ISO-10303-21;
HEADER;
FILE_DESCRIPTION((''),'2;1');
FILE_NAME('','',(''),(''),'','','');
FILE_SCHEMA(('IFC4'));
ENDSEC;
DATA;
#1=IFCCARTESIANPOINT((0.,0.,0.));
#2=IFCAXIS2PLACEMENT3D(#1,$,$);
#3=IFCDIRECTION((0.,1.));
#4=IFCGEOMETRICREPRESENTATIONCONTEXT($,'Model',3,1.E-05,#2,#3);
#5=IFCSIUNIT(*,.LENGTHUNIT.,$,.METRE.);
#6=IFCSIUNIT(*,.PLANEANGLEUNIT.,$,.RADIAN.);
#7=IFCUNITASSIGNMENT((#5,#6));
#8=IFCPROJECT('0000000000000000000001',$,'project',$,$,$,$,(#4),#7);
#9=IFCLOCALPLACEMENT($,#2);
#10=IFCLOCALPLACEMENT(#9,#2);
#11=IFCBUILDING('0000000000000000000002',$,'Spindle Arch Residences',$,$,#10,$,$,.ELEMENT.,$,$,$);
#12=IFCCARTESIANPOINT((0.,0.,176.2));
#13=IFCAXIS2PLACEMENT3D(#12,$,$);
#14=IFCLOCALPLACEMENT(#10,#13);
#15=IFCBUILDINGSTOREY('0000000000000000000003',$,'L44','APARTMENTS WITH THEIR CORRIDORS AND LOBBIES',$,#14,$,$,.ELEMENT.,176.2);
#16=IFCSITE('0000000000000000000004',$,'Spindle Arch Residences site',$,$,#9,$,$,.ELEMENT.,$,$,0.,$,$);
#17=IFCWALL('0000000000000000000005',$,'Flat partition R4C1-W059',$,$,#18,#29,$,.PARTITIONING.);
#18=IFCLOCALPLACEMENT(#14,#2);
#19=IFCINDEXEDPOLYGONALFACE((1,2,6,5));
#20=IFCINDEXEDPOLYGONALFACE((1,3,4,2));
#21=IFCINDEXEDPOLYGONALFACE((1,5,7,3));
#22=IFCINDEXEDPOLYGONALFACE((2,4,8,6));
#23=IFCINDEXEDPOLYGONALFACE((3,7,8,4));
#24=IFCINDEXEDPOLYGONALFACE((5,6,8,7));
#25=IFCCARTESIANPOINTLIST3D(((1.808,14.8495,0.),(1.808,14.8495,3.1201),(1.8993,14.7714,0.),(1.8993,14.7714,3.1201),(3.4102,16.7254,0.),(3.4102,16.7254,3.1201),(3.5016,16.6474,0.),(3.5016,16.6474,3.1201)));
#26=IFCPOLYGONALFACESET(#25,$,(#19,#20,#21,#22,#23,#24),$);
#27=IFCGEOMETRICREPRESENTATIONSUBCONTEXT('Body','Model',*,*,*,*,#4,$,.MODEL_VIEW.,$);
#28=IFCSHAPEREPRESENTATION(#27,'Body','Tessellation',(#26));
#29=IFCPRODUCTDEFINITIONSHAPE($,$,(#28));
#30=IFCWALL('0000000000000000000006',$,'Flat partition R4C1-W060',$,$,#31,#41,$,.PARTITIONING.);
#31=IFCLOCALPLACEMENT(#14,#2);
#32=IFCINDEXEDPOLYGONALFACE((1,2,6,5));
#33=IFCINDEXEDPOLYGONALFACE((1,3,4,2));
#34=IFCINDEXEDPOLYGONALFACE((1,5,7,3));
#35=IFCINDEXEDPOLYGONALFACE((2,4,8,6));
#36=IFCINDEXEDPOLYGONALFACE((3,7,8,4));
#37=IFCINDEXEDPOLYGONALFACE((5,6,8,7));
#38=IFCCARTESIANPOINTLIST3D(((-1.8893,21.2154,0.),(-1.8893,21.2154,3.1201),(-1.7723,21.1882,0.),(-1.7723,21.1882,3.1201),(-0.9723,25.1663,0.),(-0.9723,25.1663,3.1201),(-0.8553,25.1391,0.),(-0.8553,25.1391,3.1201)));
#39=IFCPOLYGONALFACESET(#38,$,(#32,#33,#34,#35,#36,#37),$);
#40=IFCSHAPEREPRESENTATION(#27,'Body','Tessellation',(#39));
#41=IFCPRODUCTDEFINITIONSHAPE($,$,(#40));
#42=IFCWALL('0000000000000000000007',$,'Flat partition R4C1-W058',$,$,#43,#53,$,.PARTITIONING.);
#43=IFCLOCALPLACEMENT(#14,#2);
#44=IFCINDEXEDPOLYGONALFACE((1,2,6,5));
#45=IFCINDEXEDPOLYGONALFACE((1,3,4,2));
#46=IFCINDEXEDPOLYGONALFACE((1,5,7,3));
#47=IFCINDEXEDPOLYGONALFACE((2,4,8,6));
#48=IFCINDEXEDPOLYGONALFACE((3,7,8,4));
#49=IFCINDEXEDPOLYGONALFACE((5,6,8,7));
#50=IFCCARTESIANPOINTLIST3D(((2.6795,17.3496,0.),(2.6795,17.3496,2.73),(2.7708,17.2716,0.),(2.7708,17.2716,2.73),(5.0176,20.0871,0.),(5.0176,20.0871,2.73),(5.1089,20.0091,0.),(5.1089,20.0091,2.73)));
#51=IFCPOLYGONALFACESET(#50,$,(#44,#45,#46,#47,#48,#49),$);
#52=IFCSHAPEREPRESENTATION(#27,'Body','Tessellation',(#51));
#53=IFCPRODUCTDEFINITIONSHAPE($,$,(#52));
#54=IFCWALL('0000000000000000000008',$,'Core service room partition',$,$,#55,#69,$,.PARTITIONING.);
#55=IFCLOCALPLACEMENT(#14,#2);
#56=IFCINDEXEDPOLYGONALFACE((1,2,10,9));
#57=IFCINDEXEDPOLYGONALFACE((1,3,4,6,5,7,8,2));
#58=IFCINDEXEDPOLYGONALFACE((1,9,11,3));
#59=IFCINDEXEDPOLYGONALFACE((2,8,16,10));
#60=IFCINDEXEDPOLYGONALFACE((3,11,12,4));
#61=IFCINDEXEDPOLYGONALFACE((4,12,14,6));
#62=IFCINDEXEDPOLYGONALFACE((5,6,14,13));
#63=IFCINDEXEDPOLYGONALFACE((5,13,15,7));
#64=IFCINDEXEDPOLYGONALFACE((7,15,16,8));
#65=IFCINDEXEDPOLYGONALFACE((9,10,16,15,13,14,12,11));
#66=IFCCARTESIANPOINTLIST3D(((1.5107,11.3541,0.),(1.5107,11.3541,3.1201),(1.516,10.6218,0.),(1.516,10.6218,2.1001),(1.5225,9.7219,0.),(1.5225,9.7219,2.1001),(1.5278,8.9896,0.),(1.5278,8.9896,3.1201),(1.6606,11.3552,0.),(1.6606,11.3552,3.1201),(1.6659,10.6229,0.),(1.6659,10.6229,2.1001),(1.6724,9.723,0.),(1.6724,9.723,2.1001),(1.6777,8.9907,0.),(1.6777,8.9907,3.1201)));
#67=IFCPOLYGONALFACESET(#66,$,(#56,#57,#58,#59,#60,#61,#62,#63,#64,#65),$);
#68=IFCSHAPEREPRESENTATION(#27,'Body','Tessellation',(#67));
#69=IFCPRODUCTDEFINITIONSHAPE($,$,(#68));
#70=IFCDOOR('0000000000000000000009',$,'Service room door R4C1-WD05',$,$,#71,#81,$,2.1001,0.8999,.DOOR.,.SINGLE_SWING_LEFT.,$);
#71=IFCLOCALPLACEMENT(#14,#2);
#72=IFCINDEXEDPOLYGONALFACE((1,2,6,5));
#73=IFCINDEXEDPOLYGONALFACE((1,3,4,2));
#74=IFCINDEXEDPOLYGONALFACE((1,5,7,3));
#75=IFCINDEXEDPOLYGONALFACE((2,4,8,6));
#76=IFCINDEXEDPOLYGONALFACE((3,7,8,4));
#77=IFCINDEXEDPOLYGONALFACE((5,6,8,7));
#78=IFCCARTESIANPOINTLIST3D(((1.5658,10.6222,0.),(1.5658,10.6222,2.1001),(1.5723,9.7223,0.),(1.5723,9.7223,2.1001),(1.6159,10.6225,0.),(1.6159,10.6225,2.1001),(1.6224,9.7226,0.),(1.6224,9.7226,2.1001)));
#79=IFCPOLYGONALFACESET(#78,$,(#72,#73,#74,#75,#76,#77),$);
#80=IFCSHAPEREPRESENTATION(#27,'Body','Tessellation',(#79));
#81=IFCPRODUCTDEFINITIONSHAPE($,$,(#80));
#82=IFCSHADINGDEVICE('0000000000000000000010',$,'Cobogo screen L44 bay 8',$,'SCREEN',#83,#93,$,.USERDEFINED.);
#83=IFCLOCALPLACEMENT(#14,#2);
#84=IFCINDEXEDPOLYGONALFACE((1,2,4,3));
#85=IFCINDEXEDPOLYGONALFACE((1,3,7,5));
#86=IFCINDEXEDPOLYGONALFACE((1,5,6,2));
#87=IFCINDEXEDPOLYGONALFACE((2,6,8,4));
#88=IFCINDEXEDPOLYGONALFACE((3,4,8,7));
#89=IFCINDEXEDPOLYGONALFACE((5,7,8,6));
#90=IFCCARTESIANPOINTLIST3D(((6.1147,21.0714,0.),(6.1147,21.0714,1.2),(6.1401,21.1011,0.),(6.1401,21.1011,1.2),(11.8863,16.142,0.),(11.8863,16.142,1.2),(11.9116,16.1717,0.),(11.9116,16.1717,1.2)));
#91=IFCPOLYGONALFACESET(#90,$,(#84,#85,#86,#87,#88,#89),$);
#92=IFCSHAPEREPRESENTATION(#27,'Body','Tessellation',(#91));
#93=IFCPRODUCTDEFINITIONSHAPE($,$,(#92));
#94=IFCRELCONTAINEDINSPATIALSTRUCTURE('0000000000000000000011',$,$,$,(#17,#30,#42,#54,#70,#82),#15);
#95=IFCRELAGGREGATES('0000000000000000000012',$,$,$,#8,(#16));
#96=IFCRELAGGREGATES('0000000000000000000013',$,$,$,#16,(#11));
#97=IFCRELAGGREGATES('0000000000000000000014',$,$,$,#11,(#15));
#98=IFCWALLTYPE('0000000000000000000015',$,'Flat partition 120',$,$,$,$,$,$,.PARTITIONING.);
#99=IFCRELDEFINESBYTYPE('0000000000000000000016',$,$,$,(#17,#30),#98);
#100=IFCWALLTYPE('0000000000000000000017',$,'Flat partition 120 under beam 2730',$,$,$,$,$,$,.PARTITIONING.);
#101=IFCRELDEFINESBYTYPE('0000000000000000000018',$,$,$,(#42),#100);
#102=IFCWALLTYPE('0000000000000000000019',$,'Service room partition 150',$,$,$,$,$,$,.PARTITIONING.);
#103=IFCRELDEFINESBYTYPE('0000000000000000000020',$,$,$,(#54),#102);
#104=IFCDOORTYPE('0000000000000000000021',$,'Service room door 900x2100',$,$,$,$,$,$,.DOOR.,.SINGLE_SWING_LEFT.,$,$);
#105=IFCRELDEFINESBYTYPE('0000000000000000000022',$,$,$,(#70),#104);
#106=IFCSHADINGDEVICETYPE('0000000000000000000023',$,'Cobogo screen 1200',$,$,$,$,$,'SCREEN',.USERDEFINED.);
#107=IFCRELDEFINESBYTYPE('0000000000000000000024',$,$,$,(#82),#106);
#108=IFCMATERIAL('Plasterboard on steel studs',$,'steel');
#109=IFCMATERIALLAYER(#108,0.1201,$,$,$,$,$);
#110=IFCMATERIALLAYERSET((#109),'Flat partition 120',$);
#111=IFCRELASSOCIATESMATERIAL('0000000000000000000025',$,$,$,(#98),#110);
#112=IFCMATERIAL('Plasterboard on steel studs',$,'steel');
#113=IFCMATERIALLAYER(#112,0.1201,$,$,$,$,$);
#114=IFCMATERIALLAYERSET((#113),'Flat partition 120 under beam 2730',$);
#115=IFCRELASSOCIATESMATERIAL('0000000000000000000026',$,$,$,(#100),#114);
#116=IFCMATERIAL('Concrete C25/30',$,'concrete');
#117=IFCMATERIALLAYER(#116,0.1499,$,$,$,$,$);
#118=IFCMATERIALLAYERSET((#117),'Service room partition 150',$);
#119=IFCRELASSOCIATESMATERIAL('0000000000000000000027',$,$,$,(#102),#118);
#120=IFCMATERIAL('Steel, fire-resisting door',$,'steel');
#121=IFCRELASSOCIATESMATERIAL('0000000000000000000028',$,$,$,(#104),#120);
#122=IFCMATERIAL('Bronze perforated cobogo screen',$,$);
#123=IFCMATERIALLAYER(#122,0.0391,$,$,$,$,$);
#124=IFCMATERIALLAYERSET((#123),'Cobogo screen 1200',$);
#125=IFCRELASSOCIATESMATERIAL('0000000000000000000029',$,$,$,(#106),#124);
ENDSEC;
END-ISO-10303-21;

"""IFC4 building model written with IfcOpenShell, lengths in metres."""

from ifc_helpers import new_model, si_unit, direction, frame, frame_2d, origin, origin_2d, place, context, subcontext, project, spatial, rectangle, extrude, material, layer, layer_set, type_object, element, fill, save


model = new_model("IFC4")

# Units and contexts
model_context = context("Model", 3, precision=1e-05, world=origin(), true_north=direction((0.0, 1.0)))
body_context = subcontext(model_context, "Body", "Model", "MODEL_VIEW")
ifc_project = project(units=[si_unit("LENGTHUNIT", "METRE"), si_unit("PLANEANGLEUNIT", "RADIAN")], contexts=[model_context])

# Site, building, storey
site_placement = place(None, origin())
site = spatial("IfcSite", under=ifc_project, at=site_placement, Name="Spindle Arch Residences site", CompositionType="ELEMENT", RefElevation=0.0)
building_placement = place(site_placement, origin())
building = spatial("IfcBuilding", under=site, at=building_placement, Name="Spindle Arch Residences", CompositionType="ELEMENT")
storey_placement = place(building_placement, frame((0.0, 0.0, 176.2)))
storey = spatial("IfcBuildingStorey", under=building, at=storey_placement, Name="L44", Description="APARTMENTS WITH THEIR CORRIDORS AND LOBBIES", CompositionType="ELEMENT", Elevation=176.2)

# Shared definitions
ifc_material_1 = material(Name="Plasterboard on steel studs", Category="steel")
ifc_layer_1 = layer(ifc_material_1, 0.1201)
ifc_layer_set_1 = layer_set([ifc_layer_1], Name="Flat partition 120")
wall_type_1 = type_object("IfcWallType", Name="Flat partition 120", PredefinedType="PARTITIONING", material=ifc_layer_set_1)

# Walls
wall_1_placement = place(storey_placement, frame((3.4558, 16.6863, 0.0), z_axis=(0.0, 0.0, 1.0), x_axis=(-0.649462, -0.760394, 0.0)))
element("IfcWall", 1, at=wall_1_placement, inside=storey, type_object=wall_type_1, Name="Flat partition R4C1-W059", PredefinedType="PARTITIONING", context=body_context, shape_type="SweptSolid", body=[
    extrude(rectangle(XDim=2.467, YDim=0.1201, at=frame_2d((1.2334, 0.0))), origin(), (0.0, 0.0, 1.0), 3.1201),
])
wall_2_placement = place(storey_placement, frame((-0.9138, 25.1526, 0.0), z_axis=(0.0, 0.0, 1.0), x_axis=(-0.226086, -0.974107, 0.0)))
element("IfcWall", 2, at=wall_2_placement, inside=storey, type_object=wall_type_1, Name="Flat partition R4C1-W060", PredefinedType="PARTITIONING", context=body_context, shape_type="SweptSolid", body=[
    extrude(rectangle(XDim=4.0559, YDim=0.1201, at=frame_2d((2.0278, 0.0))), origin(), (0.0, 0.0, 1.0), 3.1201),
])
ifc_material_2 = material(Name="Plasterboard on steel studs", Category="steel")
ifc_layer_2 = layer(ifc_material_2, 0.1201)
ifc_layer_set_2 = layer_set([ifc_layer_2], Name="Flat partition 120 under beam 2730")
wall_type_2 = type_object("IfcWallType", Name="Flat partition 120 under beam 2730", PredefinedType="PARTITIONING", material=ifc_layer_set_2)
wall_3_placement = place(storey_placement, frame((5.0632, 20.0481, 0.0), z_axis=(0.0, 0.0, 1.0), x_axis=(-0.649456, -0.760399, 0.0)))
element("IfcWall", 3, at=wall_3_placement, inside=storey, type_object=wall_type_2, Name="Flat partition R4C1-W058", PredefinedType="PARTITIONING", context=body_context, shape_type="SweptSolid", body=[
    extrude(rectangle(XDim=3.6001, YDim=0.1201, at=frame_2d((1.8, 0.0))), origin(), (0.0, 0.0, 1.0), 2.73),
])

# Wall, opening, door
ifc_material_3 = material(Name="Concrete C25/30", Category="concrete")
ifc_layer_3 = layer(ifc_material_3, 0.1499)
ifc_layer_set_3 = layer_set([ifc_layer_3], Name="Service room partition 150")
wall_type_3 = type_object("IfcWallType", Name="Service room partition 150", PredefinedType="PARTITIONING", material=ifc_layer_set_3)
wall_4_placement = place(storey_placement, frame((1.5857, 11.3545, 0.0), z_axis=(0.0, 0.0, 1.0), x_axis=(0.007227, -0.999974, 0.0)))
wall_4 = element("IfcWall", 4, at=wall_4_placement, inside=storey, type_object=wall_type_3, Name="Core service room partition", PredefinedType="PARTITIONING", context=body_context, shape_type="SweptSolid", body=[
    extrude(rectangle(XDim=2.3645, YDim=0.1499, at=frame_2d((1.1821, 0.0))), origin(), (0.0, 0.0, 1.0), 3.1201),
])
opening_1_placement = place(wall_4_placement, frame((0.7322, 0.0, 0.0)))
opening_1 = element("IfcOpeningElement", 5, at=opening_1_placement, cuts=wall_4, PredefinedType="OPENING", context=body_context, shape_type="SweptSolid", body=[
    extrude(rectangle(XDim=0.8999, YDim=2.1001, at=frame_2d((0.45, 1.05))), frame((0.0, 0.085, 0.0), z_axis=(0.0, -1.0, 0.0), x_axis=(1.0, 0.0, 0.0)), (0.0, 0.0, 1.0), 0.1699),
])
ifc_material_4 = material(Name="Steel, fire-resisting door", Category="steel")
door_type_1 = type_object("IfcDoorType", Name="Service room door 900x2100", OperationType="SINGLE_SWING_LEFT", PredefinedType="DOOR", material=ifc_material_4)
door_1_placement = place(opening_1_placement, origin())
door_1 = element("IfcDoor", 6, at=door_1_placement, inside=storey, type_object=door_type_1, Name="Service room door R4C1-WD05", OperationType="SINGLE_SWING_LEFT", OverallHeight=2.1001, OverallWidth=0.8999, PredefinedType="DOOR", context=body_context, shape_type="SweptSolid", body=[
    extrude(rectangle(XDim=0.8999, YDim=2.1001, at=frame_2d((0.45, 1.05))), frame((0.0, 0.0249, 0.0), z_axis=(0.0, -1.0, 0.0), x_axis=(1.0, 0.0, 0.0)), (0.0, 0.0, 1.0), 0.05),
])
fill(opening_1, door_1)

# Shading device
ifc_material_5 = material(Name="Bronze perforated cobogo screen")
ifc_layer_4 = layer(ifc_material_5, 0.0391)
ifc_layer_set_4 = layer_set([ifc_layer_4], Name="Cobogo screen 1200")
shading_device_type = type_object("IfcShadingDeviceType", Name="Cobogo screen 1200", ElementType="SCREEN", PredefinedType="USERDEFINED", material=ifc_layer_set_4)
shading_device_placement = place(storey_placement, frame((9.0132, 18.6216, 0.0), z_axis=(0.0, 0.0, 1.0), x_axis=(-0.760406, 0.649448, 0.0)))
element("IfcShadingDevice", 7, at=shading_device_placement, inside=storey, type_object=shading_device_type, Name="Cobogo screen L44 bay 8", ObjectType="SCREEN", PredefinedType="USERDEFINED", context=body_context, shape_type="SweptSolid", body=[
    extrude(rectangle(XDim=7.5901, YDim=0.0391, at=origin_2d()), origin(), (0.0, 0.0, 1.0), 1.2),
])

save(model, "model.ifc")
